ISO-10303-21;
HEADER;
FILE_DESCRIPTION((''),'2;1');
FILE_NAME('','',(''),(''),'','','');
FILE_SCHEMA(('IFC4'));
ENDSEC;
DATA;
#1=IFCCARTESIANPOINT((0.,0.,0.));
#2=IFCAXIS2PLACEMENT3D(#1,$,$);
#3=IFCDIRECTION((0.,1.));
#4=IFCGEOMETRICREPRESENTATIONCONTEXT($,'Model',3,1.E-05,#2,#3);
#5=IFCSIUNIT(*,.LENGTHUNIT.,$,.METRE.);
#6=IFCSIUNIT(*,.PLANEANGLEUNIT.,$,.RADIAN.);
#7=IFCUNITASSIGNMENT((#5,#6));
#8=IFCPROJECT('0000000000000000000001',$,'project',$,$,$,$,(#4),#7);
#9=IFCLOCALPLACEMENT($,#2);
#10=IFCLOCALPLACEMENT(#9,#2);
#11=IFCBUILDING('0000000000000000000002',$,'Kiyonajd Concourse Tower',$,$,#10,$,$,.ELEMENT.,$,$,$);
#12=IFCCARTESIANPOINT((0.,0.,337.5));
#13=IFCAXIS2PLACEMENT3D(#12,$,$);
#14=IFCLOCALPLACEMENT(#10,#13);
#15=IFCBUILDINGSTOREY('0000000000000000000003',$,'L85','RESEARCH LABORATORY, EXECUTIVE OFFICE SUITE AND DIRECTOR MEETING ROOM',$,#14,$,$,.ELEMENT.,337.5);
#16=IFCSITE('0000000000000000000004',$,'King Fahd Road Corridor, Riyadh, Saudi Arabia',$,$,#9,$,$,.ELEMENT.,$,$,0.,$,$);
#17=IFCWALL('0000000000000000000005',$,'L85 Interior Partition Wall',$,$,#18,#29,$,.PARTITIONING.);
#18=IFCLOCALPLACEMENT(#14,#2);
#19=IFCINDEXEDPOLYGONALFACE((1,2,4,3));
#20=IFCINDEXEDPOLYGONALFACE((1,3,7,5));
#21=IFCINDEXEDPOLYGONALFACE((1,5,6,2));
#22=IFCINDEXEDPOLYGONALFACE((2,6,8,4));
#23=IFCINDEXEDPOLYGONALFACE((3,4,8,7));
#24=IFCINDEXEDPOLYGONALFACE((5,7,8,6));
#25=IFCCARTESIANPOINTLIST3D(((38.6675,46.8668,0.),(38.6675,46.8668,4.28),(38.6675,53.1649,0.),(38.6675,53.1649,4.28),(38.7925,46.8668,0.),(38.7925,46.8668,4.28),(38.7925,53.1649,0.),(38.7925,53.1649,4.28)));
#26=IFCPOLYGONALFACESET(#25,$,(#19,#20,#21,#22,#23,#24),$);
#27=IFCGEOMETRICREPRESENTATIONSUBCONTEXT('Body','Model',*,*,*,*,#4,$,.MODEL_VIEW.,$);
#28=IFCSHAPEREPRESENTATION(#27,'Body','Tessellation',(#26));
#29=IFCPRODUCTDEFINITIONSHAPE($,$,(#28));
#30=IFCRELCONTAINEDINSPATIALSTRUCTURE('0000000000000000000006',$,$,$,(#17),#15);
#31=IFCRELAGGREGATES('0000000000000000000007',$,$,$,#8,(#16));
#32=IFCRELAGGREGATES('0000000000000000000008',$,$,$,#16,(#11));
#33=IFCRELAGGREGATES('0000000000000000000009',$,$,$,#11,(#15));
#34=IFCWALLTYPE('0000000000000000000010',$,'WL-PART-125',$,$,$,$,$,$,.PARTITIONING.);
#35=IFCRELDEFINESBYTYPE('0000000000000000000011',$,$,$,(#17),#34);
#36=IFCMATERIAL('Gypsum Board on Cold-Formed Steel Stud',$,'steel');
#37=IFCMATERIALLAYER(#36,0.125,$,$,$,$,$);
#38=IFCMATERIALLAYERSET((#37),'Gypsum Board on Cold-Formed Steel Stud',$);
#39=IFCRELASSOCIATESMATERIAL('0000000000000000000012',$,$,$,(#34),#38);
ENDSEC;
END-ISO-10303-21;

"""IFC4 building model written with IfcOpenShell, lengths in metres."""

from ifc_helpers import new_model, si_unit, direction, frame, frame_2d, origin, place, context, subcontext, project, spatial, rectangle, extrude, material, layer, layer_set, type_object, element, save


model = new_model("IFC4")

# Units and contexts
model_context = context("Model", 3, precision=1e-05, world=origin(), true_north=direction((0.0, 1.0)))
body_context = subcontext(model_context, "Body", "Model", "MODEL_VIEW")
ifc_project = project(units=[si_unit("LENGTHUNIT", "METRE"), si_unit("PLANEANGLEUNIT", "RADIAN")], contexts=[model_context])

# Site, building, storey
site_placement = place(None, origin())
site = spatial("IfcSite", under=ifc_project, at=site_placement, Name="King Fahd Road Corridor, Riyadh, Saudi Arabia", CompositionType="ELEMENT", RefElevation=0.0)
building_placement = place(site_placement, origin())
building = spatial("IfcBuilding", under=site, at=building_placement, Name="Kiyonajd Concourse Tower", CompositionType="ELEMENT")
storey_placement = place(building_placement, frame((0.0, 0.0, 337.5)))
storey = spatial("IfcBuildingStorey", under=building, at=storey_placement, Name="L85", Description="RESEARCH LABORATORY, EXECUTIVE OFFICE SUITE AND DIRECTOR MEETING ROOM", CompositionType="ELEMENT", Elevation=337.5)

# Wall
ifc_material_1 = material(Name="Gypsum Board on Cold-Formed Steel Stud", Category="steel")
ifc_layer_1 = layer(ifc_material_1, 0.125)
ifc_layer_set_1 = layer_set([ifc_layer_1], Name="Gypsum Board on Cold-Formed Steel Stud")
wall_type_1 = type_object("IfcWallType", Name="WL-PART-125", PredefinedType="PARTITIONING", material=ifc_layer_set_1)
wall_1_placement = place(storey_placement, frame((38.73, 46.8669, 0.0), z_axis=(0.0, 0.0, 1.0), x_axis=(0.0, 1.0, 0.0)))
element("IfcWall", 1, at=wall_1_placement, inside=storey, type_object=wall_type_1, Name="L85 Interior Partition Wall", PredefinedType="PARTITIONING", context=body_context, shape_type="SweptSolid", body=[
    extrude(rectangle(XDim=6.2981, YDim=0.125, at=frame_2d((3.1489, 0.0))), origin(), (0.0, 0.0, 1.0), 4.28),
])

save(model, "model.ifc")
